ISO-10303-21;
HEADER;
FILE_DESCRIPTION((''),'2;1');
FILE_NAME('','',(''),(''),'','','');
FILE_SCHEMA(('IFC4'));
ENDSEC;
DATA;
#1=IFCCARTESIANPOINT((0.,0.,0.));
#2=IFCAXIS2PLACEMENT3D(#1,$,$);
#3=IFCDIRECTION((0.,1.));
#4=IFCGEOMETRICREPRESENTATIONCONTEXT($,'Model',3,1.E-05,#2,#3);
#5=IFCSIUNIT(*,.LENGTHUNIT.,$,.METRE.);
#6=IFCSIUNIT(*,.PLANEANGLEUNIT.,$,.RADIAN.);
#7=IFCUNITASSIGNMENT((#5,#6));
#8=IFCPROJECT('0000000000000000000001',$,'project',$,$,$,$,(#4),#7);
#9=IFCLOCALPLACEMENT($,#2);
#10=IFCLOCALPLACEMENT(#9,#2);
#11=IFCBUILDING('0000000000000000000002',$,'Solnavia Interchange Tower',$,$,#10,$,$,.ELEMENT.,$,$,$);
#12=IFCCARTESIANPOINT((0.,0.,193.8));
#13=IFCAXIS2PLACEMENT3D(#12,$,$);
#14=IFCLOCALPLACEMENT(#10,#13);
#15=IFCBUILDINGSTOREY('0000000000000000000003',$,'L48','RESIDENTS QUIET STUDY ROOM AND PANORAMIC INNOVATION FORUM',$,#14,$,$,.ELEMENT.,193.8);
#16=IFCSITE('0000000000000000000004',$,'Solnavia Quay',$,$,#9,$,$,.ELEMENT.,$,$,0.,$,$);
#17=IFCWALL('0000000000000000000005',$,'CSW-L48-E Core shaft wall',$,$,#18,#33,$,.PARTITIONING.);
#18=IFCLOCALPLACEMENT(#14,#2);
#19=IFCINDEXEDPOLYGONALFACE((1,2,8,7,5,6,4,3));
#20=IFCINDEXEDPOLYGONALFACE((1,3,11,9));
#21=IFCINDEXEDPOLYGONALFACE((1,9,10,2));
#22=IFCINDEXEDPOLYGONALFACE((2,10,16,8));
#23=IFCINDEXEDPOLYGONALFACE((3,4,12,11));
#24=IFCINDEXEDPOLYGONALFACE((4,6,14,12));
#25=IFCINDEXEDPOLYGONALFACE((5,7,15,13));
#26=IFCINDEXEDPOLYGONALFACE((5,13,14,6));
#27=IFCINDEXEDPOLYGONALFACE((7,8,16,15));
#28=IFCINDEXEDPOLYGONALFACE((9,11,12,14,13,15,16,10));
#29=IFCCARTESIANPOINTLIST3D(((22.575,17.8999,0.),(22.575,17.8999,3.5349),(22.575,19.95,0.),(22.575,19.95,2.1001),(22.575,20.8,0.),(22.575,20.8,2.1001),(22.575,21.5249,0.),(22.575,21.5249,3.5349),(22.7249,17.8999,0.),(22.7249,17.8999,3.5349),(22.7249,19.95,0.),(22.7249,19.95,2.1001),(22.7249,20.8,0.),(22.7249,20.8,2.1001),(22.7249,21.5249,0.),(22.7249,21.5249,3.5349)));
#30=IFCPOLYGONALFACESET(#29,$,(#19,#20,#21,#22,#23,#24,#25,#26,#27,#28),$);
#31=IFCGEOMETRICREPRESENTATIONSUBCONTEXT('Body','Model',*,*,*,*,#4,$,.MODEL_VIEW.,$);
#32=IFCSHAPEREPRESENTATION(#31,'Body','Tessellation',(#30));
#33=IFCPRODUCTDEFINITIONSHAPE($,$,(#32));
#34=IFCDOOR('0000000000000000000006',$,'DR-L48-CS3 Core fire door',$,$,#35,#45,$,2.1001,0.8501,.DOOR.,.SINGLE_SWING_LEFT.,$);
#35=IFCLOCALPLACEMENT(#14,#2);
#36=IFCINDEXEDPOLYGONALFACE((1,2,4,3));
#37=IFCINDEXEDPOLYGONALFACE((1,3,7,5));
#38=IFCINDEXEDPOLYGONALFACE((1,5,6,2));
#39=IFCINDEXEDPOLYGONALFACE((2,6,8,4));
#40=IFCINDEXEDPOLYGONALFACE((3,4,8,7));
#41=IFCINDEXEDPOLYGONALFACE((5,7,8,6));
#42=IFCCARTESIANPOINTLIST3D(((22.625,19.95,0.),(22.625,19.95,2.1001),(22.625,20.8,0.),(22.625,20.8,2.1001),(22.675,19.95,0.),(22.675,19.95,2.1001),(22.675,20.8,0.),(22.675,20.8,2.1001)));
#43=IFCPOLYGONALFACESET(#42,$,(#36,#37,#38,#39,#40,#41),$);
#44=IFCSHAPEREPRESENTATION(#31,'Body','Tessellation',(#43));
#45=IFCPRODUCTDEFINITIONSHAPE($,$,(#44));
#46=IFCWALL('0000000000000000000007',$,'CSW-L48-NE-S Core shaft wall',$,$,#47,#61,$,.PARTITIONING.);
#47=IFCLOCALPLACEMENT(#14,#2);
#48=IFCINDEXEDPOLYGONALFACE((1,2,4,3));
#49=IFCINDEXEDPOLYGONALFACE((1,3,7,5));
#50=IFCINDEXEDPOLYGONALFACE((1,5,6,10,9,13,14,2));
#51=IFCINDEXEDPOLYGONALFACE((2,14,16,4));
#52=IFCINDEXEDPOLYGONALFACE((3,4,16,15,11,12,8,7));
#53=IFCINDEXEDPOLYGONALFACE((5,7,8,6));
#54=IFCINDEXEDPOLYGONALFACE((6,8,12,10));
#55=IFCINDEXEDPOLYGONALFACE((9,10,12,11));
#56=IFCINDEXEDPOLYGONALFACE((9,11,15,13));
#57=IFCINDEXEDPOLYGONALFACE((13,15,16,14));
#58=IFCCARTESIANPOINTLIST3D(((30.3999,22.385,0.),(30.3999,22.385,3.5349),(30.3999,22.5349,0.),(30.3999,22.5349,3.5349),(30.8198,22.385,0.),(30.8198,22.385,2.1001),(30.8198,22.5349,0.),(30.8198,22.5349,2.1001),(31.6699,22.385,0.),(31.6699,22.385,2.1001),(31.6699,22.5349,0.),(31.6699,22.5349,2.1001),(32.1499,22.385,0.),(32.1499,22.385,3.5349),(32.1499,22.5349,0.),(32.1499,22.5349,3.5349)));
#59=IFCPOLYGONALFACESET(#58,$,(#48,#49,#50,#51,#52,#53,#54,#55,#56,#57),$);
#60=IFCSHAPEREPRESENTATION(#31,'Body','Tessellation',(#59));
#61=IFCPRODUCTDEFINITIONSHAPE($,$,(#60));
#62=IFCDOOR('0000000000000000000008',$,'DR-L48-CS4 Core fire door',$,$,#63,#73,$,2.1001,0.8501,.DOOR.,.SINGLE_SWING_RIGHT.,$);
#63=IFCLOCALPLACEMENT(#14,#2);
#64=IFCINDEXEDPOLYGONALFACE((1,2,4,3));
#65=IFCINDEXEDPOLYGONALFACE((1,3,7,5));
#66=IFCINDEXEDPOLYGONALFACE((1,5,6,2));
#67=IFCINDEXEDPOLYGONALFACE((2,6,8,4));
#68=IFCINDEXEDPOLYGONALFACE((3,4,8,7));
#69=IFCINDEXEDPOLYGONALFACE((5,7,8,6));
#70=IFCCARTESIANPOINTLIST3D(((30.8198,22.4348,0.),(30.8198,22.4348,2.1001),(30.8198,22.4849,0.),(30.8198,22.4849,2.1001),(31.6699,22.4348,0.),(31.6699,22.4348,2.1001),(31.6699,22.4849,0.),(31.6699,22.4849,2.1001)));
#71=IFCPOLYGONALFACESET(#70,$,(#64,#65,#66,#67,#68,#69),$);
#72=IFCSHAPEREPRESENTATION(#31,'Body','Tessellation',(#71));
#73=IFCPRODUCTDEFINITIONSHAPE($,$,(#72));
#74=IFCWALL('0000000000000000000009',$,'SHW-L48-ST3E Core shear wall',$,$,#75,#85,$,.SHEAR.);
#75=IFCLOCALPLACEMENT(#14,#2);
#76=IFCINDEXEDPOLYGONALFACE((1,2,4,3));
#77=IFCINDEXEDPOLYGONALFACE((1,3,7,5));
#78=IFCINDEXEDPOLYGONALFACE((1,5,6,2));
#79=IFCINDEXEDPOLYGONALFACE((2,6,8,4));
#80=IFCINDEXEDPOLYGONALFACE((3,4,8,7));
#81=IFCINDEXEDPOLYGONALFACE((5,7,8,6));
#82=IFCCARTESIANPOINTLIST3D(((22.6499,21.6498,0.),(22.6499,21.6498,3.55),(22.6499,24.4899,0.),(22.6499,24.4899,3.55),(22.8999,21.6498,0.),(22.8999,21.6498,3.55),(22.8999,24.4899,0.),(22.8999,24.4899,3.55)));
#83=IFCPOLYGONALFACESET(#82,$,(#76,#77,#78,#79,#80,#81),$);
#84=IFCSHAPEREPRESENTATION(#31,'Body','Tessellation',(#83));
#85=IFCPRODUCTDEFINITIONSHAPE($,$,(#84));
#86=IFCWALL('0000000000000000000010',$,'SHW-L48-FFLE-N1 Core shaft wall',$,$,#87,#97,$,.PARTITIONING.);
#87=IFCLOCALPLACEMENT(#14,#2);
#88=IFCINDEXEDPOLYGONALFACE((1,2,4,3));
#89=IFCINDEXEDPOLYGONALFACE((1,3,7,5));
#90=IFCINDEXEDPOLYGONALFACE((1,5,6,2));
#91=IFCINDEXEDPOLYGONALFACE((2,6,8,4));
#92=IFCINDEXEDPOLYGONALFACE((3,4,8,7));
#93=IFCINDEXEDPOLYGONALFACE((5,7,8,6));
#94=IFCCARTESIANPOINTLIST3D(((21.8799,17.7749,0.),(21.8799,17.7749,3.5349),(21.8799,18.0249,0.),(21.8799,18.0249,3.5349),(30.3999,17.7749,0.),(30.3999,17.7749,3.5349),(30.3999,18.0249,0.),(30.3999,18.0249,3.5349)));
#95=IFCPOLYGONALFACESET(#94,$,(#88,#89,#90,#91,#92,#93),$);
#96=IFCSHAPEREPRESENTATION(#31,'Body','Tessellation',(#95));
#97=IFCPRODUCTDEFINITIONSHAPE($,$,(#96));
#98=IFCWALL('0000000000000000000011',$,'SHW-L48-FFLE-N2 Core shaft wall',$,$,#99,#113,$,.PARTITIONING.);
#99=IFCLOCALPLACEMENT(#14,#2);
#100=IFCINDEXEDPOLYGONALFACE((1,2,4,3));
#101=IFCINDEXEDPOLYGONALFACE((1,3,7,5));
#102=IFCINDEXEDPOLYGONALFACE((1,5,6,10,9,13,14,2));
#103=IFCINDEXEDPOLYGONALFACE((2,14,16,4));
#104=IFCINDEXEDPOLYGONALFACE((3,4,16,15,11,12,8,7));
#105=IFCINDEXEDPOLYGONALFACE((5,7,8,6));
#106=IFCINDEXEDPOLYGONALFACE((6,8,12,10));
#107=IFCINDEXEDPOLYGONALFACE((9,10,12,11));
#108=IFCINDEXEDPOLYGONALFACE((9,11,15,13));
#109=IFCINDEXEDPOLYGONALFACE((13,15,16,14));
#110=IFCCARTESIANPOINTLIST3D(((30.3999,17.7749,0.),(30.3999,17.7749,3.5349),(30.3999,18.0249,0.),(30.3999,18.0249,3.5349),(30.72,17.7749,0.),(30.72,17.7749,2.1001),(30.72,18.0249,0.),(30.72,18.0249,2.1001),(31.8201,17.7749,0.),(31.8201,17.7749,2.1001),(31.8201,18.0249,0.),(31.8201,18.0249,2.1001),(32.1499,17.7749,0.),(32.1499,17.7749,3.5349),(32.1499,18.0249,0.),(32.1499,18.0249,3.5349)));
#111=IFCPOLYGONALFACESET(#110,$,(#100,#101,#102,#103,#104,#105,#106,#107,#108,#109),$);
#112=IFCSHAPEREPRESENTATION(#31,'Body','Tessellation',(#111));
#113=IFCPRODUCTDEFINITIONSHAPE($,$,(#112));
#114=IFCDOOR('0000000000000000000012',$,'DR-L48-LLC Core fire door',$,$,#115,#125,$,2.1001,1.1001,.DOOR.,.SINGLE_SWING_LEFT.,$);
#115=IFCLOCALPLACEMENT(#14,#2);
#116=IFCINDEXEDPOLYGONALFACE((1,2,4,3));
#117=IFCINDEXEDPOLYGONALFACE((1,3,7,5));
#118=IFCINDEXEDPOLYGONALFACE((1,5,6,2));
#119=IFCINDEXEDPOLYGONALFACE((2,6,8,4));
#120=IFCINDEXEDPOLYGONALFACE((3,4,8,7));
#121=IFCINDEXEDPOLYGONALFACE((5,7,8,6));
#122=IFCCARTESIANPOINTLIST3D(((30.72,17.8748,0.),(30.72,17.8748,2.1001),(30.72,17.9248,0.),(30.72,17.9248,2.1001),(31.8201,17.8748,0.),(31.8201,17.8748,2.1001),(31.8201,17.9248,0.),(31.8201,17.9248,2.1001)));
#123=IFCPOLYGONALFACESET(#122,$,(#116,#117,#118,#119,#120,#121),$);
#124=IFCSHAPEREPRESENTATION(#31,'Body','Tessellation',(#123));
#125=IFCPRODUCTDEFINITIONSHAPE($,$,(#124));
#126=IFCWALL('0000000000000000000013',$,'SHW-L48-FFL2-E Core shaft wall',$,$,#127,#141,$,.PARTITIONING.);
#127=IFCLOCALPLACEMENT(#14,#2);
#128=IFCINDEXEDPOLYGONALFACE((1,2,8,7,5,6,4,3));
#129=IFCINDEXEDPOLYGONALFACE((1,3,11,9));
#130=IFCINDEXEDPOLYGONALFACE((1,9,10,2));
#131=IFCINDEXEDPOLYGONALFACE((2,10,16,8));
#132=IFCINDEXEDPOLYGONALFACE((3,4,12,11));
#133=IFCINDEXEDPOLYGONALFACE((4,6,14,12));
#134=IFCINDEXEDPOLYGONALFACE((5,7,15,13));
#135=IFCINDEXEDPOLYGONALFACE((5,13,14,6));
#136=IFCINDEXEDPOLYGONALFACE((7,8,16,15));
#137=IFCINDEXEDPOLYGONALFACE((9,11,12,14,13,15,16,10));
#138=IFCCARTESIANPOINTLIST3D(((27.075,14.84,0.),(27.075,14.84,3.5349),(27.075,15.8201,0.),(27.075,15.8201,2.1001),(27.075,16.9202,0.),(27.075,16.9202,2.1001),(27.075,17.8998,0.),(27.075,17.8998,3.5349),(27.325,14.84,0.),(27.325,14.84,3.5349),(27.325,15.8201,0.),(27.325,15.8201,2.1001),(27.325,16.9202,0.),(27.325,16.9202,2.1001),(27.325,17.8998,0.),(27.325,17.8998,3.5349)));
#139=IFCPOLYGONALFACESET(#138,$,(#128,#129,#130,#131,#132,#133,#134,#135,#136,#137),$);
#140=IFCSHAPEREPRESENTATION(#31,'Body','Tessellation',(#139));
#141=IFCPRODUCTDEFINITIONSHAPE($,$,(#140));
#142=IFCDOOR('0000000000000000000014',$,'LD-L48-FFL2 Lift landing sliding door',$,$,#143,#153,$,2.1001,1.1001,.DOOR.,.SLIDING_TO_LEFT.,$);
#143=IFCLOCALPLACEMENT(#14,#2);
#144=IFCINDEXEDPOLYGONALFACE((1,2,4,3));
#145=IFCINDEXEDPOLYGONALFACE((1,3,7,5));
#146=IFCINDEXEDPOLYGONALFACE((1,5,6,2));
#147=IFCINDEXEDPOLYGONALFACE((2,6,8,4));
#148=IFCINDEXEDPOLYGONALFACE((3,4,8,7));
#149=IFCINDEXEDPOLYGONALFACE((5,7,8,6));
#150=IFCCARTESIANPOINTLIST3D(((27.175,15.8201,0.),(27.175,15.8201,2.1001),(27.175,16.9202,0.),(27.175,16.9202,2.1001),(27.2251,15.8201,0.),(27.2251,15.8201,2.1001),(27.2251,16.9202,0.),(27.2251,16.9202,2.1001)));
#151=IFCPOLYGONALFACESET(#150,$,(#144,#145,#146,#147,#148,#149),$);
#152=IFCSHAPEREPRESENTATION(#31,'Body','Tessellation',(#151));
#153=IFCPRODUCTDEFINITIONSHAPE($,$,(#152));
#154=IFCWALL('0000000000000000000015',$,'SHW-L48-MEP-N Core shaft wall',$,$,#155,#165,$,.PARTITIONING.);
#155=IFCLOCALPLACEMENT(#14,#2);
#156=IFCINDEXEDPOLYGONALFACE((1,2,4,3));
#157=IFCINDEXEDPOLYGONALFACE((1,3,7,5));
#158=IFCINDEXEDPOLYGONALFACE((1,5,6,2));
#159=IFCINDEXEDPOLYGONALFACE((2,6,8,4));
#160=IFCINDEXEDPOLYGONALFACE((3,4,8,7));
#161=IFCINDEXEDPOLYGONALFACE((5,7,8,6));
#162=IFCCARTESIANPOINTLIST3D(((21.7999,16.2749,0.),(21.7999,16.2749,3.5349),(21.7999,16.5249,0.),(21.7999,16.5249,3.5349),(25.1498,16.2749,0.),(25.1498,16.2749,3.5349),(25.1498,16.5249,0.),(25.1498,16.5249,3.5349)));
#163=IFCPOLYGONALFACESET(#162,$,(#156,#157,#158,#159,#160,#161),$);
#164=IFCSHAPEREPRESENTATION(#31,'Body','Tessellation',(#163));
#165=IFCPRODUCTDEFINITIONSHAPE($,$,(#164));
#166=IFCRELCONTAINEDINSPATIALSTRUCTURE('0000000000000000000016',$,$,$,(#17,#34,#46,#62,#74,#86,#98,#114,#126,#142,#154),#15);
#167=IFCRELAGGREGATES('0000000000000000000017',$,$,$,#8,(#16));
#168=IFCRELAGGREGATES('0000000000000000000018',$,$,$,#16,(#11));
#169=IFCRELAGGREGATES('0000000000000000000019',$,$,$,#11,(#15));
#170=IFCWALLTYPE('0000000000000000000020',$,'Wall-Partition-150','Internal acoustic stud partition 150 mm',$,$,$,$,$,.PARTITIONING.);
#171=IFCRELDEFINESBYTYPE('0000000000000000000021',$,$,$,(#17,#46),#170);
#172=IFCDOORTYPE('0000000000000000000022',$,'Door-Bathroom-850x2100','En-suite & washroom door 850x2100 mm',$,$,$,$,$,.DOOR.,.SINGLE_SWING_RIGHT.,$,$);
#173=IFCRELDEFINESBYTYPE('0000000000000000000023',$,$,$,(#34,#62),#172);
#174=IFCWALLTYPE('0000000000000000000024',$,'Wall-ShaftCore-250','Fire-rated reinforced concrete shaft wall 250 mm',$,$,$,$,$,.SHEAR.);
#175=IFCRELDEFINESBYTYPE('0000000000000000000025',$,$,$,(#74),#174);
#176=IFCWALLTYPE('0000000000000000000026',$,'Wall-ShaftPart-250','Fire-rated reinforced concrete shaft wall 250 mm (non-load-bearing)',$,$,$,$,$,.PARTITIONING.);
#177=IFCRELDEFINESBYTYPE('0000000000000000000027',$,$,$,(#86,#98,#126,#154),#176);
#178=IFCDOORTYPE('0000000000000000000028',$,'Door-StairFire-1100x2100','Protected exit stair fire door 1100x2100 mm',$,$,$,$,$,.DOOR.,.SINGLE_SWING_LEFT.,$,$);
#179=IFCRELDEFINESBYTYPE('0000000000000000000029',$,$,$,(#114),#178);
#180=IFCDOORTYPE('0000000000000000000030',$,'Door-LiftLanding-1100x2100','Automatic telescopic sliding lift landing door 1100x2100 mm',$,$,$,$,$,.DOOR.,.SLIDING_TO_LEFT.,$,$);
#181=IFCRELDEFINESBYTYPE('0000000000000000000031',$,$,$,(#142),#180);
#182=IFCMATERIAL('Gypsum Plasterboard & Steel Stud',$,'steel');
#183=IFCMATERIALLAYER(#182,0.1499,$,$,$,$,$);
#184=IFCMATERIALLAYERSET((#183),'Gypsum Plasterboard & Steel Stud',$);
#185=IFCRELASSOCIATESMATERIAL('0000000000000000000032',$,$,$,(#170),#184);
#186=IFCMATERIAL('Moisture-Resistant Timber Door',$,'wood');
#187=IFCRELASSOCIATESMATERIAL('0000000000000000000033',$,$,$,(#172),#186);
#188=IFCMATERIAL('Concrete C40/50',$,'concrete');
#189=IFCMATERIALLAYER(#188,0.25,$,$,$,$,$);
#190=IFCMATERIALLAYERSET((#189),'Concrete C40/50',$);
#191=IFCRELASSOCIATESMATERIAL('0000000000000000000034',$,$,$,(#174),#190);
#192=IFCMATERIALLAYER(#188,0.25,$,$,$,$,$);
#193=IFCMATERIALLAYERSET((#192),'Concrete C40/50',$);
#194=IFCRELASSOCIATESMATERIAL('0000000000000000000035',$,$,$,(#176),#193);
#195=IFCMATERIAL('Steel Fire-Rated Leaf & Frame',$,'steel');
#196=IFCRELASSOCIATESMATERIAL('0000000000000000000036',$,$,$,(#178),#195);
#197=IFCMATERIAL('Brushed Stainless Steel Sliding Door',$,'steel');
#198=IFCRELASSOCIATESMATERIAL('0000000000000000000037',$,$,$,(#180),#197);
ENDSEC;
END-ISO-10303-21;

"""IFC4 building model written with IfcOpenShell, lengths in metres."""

from ifc_helpers import new_model, si_unit, direction, frame, frame_2d, origin, place, context, subcontext, project, spatial, rectangle, extrude, material, layer, layer_set, type_object, element, fill, save


model = new_model("IFC4")

# Units and contexts
model_context = context("Model", 3, precision=1e-05, world=origin(), true_north=direction((0.0, 1.0)))
body_context = subcontext(model_context, "Body", "Model", "MODEL_VIEW")
ifc_project = project(units=[si_unit("LENGTHUNIT", "METRE"), si_unit("PLANEANGLEUNIT", "RADIAN")], contexts=[model_context])

# Site, building, storey
site_placement = place(None, origin())
site = spatial("IfcSite", under=ifc_project, at=site_placement, Name="Solnavia Quay", CompositionType="ELEMENT", RefElevation=0.0)
building_placement = place(site_placement, origin())
building = spatial("IfcBuilding", under=site, at=building_placement, Name="Solnavia Interchange Tower", CompositionType="ELEMENT")
storey_placement = place(building_placement, frame((0.0, 0.0, 193.8)))
storey = spatial("IfcBuildingStorey", under=building, at=storey_placement, Name="L48", Description="RESIDENTS QUIET STUDY ROOM AND PANORAMIC INNOVATION FORUM", CompositionType="ELEMENT", Elevation=193.8)

# Shared definitions
ifc_material_1 = material(Name="Concrete C40/50", Category="concrete")

# Walls, openings, doors
ifc_material_2 = material(Name="Gypsum Plasterboard & Steel Stud", Category="steel")
ifc_layer_1 = layer(ifc_material_2, 0.1499)
ifc_layer_set_1 = layer_set([ifc_layer_1], Name="Gypsum Plasterboard & Steel Stud")
wall_type_1 = type_object("IfcWallType", Name="Wall-Partition-150", Description="Internal acoustic stud partition 150 mm", PredefinedType="PARTITIONING", material=ifc_layer_set_1)
wall_1_placement = place(storey_placement, frame((22.6499, 17.8999, 0.0), z_axis=(0.0, 0.0, 1.0), x_axis=(0.0, 1.0, 0.0)))
wall_1 = element("IfcWall", 1, at=wall_1_placement, inside=storey, type_object=wall_type_1, Name="CSW-L48-E Core shaft wall", PredefinedType="PARTITIONING", context=body_context, shape_type="SweptSolid", body=[
    extrude(rectangle(XDim=3.625, YDim=0.1499, at=frame_2d((1.8125, 0.0))), origin(), (0.0, 0.0, 1.0), 3.5349),
])
opening_1_placement = place(wall_1_placement, frame((2.05, 0.0, 0.0)))
opening_1 = element("IfcOpeningElement", 2, at=opening_1_placement, cuts=wall_1, PredefinedType="OPENING", context=body_context, shape_type="SweptSolid", body=[
    extrude(rectangle(XDim=0.8501, YDim=2.1001, at=frame_2d((0.425, 1.05))), frame((0.0, 0.085, 0.0), z_axis=(0.0, -1.0, 0.0), x_axis=(1.0, 0.0, 0.0)), (0.0, 0.0, 1.0), 0.1699),
])
ifc_material_3 = material(Name="Moisture-Resistant Timber Door", Category="wood")
door_type_1 = type_object("IfcDoorType", Name="Door-Bathroom-850x2100", Description="En-suite & washroom door 850x2100 mm", OperationType="SINGLE_SWING_RIGHT", PredefinedType="DOOR", material=ifc_material_3)
door_1_placement = place(opening_1_placement, origin())
door_1 = element("IfcDoor", 3, at=door_1_placement, inside=storey, type_object=door_type_1, Name="DR-L48-CS3 Core fire door", OperationType="SINGLE_SWING_LEFT", OverallHeight=2.1001, OverallWidth=0.8501, PredefinedType="DOOR", context=body_context, shape_type="SweptSolid", body=[
    extrude(rectangle(XDim=0.8501, YDim=2.1001, at=frame_2d((0.425, 1.05))), frame((0.0, 0.0249, 0.0), z_axis=(0.0, -1.0, 0.0), x_axis=(1.0, 0.0, 0.0)), (0.0, 0.0, 1.0), 0.05),
])
fill(opening_1, door_1)
wall_2_placement = place(storey_placement, frame((30.3999, 22.46, 0.0), z_axis=(0.0, 0.0, 1.0), x_axis=(1.0, 0.0, 0.0)))
wall_2 = element("IfcWall", 4, at=wall_2_placement, inside=storey, type_object=wall_type_1, Name="CSW-L48-NE-S Core shaft wall", PredefinedType="PARTITIONING", context=body_context, shape_type="SweptSolid", body=[
    extrude(rectangle(XDim=1.75, YDim=0.1499, at=frame_2d((0.875, 0.0))), origin(), (0.0, 0.0, 1.0), 3.5349),
])
opening_2_placement = place(wall_2_placement, frame((0.4199, 0.0, 0.0)))
opening_2 = element("IfcOpeningElement", 5, at=opening_2_placement, cuts=wall_2, PredefinedType="OPENING", context=body_context, shape_type="SweptSolid", body=[
    extrude(rectangle(XDim=0.8501, YDim=2.1001, at=frame_2d((0.425, 1.05))), frame((0.0, 0.085, 0.0), z_axis=(0.0, -1.0, 0.0), x_axis=(1.0, 0.0, 0.0)), (0.0, 0.0, 1.0), 0.1699),
])
door_2_placement = place(opening_2_placement, origin())
door_2 = element("IfcDoor", 6, at=door_2_placement, inside=storey, type_object=door_type_1, Name="DR-L48-CS4 Core fire door", OperationType="SINGLE_SWING_RIGHT", OverallHeight=2.1001, OverallWidth=0.8501, PredefinedType="DOOR", context=body_context, shape_type="SweptSolid", body=[
    extrude(rectangle(XDim=0.8501, YDim=2.1001, at=frame_2d((0.425, 1.05))), frame((0.0, 0.0249, 0.0), z_axis=(0.0, -1.0, 0.0), x_axis=(1.0, 0.0, 0.0)), (0.0, 0.0, 1.0), 0.05),
])
fill(opening_2, door_2)

# Walls
ifc_layer_2 = layer(ifc_material_1, 0.25)
ifc_layer_set_2 = layer_set([ifc_layer_2], Name="Concrete C40/50")
wall_type_2 = type_object("IfcWallType", Name="Wall-ShaftCore-250", Description="Fire-rated reinforced concrete shaft wall 250 mm", PredefinedType="SHEAR", material=ifc_layer_set_2)
wall_3_placement = place(storey_placement, frame((22.7749, 21.6499, 0.0), z_axis=(0.0, 0.0, 1.0), x_axis=(0.0, 1.0, 0.0)))
element("IfcWall", 7, at=wall_3_placement, inside=storey, type_object=wall_type_2, Name="SHW-L48-ST3E Core shear wall", PredefinedType="SHEAR", context=body_context, shape_type="SweptSolid", body=[
    extrude(rectangle(XDim=2.8401, YDim=0.25, at=frame_2d((1.4199, 0.0))), origin(), (0.0, 0.0, 1.0), 3.55),
])
ifc_layer_3 = layer(ifc_material_1, 0.25)
ifc_layer_set_3 = layer_set([ifc_layer_3], Name="Concrete C40/50")
wall_type_3 = type_object("IfcWallType", Name="Wall-ShaftPart-250", Description="Fire-rated reinforced concrete shaft wall 250 mm (non-load-bearing)", PredefinedType="PARTITIONING", material=ifc_layer_set_3)
wall_4_placement = place(storey_placement, frame((21.8799, 17.8999, 0.0), z_axis=(0.0, 0.0, 1.0), x_axis=(1.0, 0.0, 0.0)))
element("IfcWall", 8, at=wall_4_placement, inside=storey, type_object=wall_type_3, Name="SHW-L48-FFLE-N1 Core shaft wall", PredefinedType="PARTITIONING", context=body_context, shape_type="SweptSolid", body=[
    extrude(rectangle(XDim=8.52, YDim=0.25, at=frame_2d((4.26, 0.0))), origin(), (0.0, 0.0, 1.0), 3.5349),
])

# Walls, openings, doors
wall_5_placement = place(storey_placement, frame((30.3999, 17.8999, 0.0), z_axis=(0.0, 0.0, 1.0), x_axis=(1.0, 0.0, 0.0)))
wall_5 = element("IfcWall", 9, at=wall_5_placement, inside=storey, type_object=wall_type_3, Name="SHW-L48-FFLE-N2 Core shaft wall", PredefinedType="PARTITIONING", context=body_context, shape_type="SweptSolid", body=[
    extrude(rectangle(XDim=1.75, YDim=0.25, at=frame_2d((0.875, 0.0))), origin(), (0.0, 0.0, 1.0), 3.5349),
])
opening_3_placement = place(wall_5_placement, frame((0.3201, 0.0, 0.0)))
opening_3 = element("IfcOpeningElement", 10, at=opening_3_placement, cuts=wall_5, PredefinedType="OPENING", context=body_context, shape_type="SweptSolid", body=[
    extrude(rectangle(XDim=1.1001, YDim=2.1001, at=frame_2d((0.55, 1.05))), frame((0.0, 0.135, 0.0), z_axis=(0.0, -1.0, 0.0), x_axis=(1.0, 0.0, 0.0)), (0.0, 0.0, 1.0), 0.27),
])
ifc_material_4 = material(Name="Steel Fire-Rated Leaf & Frame", Category="steel")
door_type_2 = type_object("IfcDoorType", Name="Door-StairFire-1100x2100", Description="Protected exit stair fire door 1100x2100 mm", OperationType="SINGLE_SWING_LEFT", PredefinedType="DOOR", material=ifc_material_4)
door_3_placement = place(opening_3_placement, origin())
door_3 = element("IfcDoor", 11, at=door_3_placement, inside=storey, type_object=door_type_2, Name="DR-L48-LLC Core fire door", OperationType="SINGLE_SWING_LEFT", OverallHeight=2.1001, OverallWidth=1.1001, PredefinedType="DOOR", context=body_context, shape_type="SweptSolid", body=[
    extrude(rectangle(XDim=1.1001, YDim=2.1001, at=frame_2d((0.55, 1.05))), frame((0.0, 0.0249, 0.0), z_axis=(0.0, -1.0, 0.0), x_axis=(1.0, 0.0, 0.0)), (0.0, 0.0, 1.0), 0.05),
])
fill(opening_3, door_3)
wall_6_placement = place(storey_placement, frame((27.2, 14.8401, 0.0), z_axis=(0.0, 0.0, 1.0), x_axis=(0.0, 1.0, 0.0)))
wall_6 = element("IfcWall", 12, at=wall_6_placement, inside=storey, type_object=wall_type_3, Name="SHW-L48-FFL2-E Core shaft wall", PredefinedType="PARTITIONING", context=body_context, shape_type="SweptSolid", body=[
    extrude(rectangle(XDim=3.0598, YDim=0.25, at=frame_2d((1.5298, 0.0))), origin(), (0.0, 0.0, 1.0), 3.5349),
])
opening_4_placement = place(wall_6_placement, frame((0.98, 0.0, 0.0)))
opening_4 = element("IfcOpeningElement", 13, at=opening_4_placement, cuts=wall_6, PredefinedType="OPENING", context=body_context, shape_type="SweptSolid", body=[
    extrude(rectangle(XDim=1.1001, YDim=2.1001, at=frame_2d((0.55, 1.05))), frame((0.0, 0.135, 0.0), z_axis=(0.0, -1.0, 0.0), x_axis=(1.0, 0.0, 0.0)), (0.0, 0.0, 1.0), 0.27),
])
ifc_material_5 = material(Name="Brushed Stainless Steel Sliding Door", Category="steel")
door_type_3 = type_object("IfcDoorType", Name="Door-LiftLanding-1100x2100", Description="Automatic telescopic sliding lift landing door 1100x2100 mm", OperationType="SLIDING_TO_LEFT", PredefinedType="DOOR", material=ifc_material_5)
door_4_placement = place(opening_4_placement, origin())
door_4 = element("IfcDoor", 14, at=door_4_placement, inside=storey, type_object=door_type_3, Name="LD-L48-FFL2 Lift landing sliding door", OperationType="SLIDING_TO_LEFT", OverallHeight=2.1001, OverallWidth=1.1001, PredefinedType="DOOR", context=body_context, shape_type="SweptSolid", body=[
    extrude(rectangle(XDim=1.1001, YDim=2.1001, at=frame_2d((0.55, 1.05))), frame((0.0, 0.0249, 0.0), z_axis=(0.0, -1.0, 0.0), x_axis=(1.0, 0.0, 0.0)), (0.0, 0.0, 1.0), 0.05),
])
fill(opening_4, door_4)

# Wall
wall_7_placement = place(storey_placement, frame((21.8, 16.3999, 0.0), z_axis=(0.0, 0.0, 1.0), x_axis=(1.0, 0.0, 0.0)))
element("IfcWall", 15, at=wall_7_placement, inside=storey, type_object=wall_type_3, Name="SHW-L48-MEP-N Core shaft wall", PredefinedType="PARTITIONING", context=body_context, shape_type="SweptSolid", body=[
    extrude(rectangle(XDim=3.3499, YDim=0.25, at=frame_2d((1.6748, 0.0))), origin(), (0.0, 0.0, 1.0), 3.5349),
])

save(model, "model.ifc")
